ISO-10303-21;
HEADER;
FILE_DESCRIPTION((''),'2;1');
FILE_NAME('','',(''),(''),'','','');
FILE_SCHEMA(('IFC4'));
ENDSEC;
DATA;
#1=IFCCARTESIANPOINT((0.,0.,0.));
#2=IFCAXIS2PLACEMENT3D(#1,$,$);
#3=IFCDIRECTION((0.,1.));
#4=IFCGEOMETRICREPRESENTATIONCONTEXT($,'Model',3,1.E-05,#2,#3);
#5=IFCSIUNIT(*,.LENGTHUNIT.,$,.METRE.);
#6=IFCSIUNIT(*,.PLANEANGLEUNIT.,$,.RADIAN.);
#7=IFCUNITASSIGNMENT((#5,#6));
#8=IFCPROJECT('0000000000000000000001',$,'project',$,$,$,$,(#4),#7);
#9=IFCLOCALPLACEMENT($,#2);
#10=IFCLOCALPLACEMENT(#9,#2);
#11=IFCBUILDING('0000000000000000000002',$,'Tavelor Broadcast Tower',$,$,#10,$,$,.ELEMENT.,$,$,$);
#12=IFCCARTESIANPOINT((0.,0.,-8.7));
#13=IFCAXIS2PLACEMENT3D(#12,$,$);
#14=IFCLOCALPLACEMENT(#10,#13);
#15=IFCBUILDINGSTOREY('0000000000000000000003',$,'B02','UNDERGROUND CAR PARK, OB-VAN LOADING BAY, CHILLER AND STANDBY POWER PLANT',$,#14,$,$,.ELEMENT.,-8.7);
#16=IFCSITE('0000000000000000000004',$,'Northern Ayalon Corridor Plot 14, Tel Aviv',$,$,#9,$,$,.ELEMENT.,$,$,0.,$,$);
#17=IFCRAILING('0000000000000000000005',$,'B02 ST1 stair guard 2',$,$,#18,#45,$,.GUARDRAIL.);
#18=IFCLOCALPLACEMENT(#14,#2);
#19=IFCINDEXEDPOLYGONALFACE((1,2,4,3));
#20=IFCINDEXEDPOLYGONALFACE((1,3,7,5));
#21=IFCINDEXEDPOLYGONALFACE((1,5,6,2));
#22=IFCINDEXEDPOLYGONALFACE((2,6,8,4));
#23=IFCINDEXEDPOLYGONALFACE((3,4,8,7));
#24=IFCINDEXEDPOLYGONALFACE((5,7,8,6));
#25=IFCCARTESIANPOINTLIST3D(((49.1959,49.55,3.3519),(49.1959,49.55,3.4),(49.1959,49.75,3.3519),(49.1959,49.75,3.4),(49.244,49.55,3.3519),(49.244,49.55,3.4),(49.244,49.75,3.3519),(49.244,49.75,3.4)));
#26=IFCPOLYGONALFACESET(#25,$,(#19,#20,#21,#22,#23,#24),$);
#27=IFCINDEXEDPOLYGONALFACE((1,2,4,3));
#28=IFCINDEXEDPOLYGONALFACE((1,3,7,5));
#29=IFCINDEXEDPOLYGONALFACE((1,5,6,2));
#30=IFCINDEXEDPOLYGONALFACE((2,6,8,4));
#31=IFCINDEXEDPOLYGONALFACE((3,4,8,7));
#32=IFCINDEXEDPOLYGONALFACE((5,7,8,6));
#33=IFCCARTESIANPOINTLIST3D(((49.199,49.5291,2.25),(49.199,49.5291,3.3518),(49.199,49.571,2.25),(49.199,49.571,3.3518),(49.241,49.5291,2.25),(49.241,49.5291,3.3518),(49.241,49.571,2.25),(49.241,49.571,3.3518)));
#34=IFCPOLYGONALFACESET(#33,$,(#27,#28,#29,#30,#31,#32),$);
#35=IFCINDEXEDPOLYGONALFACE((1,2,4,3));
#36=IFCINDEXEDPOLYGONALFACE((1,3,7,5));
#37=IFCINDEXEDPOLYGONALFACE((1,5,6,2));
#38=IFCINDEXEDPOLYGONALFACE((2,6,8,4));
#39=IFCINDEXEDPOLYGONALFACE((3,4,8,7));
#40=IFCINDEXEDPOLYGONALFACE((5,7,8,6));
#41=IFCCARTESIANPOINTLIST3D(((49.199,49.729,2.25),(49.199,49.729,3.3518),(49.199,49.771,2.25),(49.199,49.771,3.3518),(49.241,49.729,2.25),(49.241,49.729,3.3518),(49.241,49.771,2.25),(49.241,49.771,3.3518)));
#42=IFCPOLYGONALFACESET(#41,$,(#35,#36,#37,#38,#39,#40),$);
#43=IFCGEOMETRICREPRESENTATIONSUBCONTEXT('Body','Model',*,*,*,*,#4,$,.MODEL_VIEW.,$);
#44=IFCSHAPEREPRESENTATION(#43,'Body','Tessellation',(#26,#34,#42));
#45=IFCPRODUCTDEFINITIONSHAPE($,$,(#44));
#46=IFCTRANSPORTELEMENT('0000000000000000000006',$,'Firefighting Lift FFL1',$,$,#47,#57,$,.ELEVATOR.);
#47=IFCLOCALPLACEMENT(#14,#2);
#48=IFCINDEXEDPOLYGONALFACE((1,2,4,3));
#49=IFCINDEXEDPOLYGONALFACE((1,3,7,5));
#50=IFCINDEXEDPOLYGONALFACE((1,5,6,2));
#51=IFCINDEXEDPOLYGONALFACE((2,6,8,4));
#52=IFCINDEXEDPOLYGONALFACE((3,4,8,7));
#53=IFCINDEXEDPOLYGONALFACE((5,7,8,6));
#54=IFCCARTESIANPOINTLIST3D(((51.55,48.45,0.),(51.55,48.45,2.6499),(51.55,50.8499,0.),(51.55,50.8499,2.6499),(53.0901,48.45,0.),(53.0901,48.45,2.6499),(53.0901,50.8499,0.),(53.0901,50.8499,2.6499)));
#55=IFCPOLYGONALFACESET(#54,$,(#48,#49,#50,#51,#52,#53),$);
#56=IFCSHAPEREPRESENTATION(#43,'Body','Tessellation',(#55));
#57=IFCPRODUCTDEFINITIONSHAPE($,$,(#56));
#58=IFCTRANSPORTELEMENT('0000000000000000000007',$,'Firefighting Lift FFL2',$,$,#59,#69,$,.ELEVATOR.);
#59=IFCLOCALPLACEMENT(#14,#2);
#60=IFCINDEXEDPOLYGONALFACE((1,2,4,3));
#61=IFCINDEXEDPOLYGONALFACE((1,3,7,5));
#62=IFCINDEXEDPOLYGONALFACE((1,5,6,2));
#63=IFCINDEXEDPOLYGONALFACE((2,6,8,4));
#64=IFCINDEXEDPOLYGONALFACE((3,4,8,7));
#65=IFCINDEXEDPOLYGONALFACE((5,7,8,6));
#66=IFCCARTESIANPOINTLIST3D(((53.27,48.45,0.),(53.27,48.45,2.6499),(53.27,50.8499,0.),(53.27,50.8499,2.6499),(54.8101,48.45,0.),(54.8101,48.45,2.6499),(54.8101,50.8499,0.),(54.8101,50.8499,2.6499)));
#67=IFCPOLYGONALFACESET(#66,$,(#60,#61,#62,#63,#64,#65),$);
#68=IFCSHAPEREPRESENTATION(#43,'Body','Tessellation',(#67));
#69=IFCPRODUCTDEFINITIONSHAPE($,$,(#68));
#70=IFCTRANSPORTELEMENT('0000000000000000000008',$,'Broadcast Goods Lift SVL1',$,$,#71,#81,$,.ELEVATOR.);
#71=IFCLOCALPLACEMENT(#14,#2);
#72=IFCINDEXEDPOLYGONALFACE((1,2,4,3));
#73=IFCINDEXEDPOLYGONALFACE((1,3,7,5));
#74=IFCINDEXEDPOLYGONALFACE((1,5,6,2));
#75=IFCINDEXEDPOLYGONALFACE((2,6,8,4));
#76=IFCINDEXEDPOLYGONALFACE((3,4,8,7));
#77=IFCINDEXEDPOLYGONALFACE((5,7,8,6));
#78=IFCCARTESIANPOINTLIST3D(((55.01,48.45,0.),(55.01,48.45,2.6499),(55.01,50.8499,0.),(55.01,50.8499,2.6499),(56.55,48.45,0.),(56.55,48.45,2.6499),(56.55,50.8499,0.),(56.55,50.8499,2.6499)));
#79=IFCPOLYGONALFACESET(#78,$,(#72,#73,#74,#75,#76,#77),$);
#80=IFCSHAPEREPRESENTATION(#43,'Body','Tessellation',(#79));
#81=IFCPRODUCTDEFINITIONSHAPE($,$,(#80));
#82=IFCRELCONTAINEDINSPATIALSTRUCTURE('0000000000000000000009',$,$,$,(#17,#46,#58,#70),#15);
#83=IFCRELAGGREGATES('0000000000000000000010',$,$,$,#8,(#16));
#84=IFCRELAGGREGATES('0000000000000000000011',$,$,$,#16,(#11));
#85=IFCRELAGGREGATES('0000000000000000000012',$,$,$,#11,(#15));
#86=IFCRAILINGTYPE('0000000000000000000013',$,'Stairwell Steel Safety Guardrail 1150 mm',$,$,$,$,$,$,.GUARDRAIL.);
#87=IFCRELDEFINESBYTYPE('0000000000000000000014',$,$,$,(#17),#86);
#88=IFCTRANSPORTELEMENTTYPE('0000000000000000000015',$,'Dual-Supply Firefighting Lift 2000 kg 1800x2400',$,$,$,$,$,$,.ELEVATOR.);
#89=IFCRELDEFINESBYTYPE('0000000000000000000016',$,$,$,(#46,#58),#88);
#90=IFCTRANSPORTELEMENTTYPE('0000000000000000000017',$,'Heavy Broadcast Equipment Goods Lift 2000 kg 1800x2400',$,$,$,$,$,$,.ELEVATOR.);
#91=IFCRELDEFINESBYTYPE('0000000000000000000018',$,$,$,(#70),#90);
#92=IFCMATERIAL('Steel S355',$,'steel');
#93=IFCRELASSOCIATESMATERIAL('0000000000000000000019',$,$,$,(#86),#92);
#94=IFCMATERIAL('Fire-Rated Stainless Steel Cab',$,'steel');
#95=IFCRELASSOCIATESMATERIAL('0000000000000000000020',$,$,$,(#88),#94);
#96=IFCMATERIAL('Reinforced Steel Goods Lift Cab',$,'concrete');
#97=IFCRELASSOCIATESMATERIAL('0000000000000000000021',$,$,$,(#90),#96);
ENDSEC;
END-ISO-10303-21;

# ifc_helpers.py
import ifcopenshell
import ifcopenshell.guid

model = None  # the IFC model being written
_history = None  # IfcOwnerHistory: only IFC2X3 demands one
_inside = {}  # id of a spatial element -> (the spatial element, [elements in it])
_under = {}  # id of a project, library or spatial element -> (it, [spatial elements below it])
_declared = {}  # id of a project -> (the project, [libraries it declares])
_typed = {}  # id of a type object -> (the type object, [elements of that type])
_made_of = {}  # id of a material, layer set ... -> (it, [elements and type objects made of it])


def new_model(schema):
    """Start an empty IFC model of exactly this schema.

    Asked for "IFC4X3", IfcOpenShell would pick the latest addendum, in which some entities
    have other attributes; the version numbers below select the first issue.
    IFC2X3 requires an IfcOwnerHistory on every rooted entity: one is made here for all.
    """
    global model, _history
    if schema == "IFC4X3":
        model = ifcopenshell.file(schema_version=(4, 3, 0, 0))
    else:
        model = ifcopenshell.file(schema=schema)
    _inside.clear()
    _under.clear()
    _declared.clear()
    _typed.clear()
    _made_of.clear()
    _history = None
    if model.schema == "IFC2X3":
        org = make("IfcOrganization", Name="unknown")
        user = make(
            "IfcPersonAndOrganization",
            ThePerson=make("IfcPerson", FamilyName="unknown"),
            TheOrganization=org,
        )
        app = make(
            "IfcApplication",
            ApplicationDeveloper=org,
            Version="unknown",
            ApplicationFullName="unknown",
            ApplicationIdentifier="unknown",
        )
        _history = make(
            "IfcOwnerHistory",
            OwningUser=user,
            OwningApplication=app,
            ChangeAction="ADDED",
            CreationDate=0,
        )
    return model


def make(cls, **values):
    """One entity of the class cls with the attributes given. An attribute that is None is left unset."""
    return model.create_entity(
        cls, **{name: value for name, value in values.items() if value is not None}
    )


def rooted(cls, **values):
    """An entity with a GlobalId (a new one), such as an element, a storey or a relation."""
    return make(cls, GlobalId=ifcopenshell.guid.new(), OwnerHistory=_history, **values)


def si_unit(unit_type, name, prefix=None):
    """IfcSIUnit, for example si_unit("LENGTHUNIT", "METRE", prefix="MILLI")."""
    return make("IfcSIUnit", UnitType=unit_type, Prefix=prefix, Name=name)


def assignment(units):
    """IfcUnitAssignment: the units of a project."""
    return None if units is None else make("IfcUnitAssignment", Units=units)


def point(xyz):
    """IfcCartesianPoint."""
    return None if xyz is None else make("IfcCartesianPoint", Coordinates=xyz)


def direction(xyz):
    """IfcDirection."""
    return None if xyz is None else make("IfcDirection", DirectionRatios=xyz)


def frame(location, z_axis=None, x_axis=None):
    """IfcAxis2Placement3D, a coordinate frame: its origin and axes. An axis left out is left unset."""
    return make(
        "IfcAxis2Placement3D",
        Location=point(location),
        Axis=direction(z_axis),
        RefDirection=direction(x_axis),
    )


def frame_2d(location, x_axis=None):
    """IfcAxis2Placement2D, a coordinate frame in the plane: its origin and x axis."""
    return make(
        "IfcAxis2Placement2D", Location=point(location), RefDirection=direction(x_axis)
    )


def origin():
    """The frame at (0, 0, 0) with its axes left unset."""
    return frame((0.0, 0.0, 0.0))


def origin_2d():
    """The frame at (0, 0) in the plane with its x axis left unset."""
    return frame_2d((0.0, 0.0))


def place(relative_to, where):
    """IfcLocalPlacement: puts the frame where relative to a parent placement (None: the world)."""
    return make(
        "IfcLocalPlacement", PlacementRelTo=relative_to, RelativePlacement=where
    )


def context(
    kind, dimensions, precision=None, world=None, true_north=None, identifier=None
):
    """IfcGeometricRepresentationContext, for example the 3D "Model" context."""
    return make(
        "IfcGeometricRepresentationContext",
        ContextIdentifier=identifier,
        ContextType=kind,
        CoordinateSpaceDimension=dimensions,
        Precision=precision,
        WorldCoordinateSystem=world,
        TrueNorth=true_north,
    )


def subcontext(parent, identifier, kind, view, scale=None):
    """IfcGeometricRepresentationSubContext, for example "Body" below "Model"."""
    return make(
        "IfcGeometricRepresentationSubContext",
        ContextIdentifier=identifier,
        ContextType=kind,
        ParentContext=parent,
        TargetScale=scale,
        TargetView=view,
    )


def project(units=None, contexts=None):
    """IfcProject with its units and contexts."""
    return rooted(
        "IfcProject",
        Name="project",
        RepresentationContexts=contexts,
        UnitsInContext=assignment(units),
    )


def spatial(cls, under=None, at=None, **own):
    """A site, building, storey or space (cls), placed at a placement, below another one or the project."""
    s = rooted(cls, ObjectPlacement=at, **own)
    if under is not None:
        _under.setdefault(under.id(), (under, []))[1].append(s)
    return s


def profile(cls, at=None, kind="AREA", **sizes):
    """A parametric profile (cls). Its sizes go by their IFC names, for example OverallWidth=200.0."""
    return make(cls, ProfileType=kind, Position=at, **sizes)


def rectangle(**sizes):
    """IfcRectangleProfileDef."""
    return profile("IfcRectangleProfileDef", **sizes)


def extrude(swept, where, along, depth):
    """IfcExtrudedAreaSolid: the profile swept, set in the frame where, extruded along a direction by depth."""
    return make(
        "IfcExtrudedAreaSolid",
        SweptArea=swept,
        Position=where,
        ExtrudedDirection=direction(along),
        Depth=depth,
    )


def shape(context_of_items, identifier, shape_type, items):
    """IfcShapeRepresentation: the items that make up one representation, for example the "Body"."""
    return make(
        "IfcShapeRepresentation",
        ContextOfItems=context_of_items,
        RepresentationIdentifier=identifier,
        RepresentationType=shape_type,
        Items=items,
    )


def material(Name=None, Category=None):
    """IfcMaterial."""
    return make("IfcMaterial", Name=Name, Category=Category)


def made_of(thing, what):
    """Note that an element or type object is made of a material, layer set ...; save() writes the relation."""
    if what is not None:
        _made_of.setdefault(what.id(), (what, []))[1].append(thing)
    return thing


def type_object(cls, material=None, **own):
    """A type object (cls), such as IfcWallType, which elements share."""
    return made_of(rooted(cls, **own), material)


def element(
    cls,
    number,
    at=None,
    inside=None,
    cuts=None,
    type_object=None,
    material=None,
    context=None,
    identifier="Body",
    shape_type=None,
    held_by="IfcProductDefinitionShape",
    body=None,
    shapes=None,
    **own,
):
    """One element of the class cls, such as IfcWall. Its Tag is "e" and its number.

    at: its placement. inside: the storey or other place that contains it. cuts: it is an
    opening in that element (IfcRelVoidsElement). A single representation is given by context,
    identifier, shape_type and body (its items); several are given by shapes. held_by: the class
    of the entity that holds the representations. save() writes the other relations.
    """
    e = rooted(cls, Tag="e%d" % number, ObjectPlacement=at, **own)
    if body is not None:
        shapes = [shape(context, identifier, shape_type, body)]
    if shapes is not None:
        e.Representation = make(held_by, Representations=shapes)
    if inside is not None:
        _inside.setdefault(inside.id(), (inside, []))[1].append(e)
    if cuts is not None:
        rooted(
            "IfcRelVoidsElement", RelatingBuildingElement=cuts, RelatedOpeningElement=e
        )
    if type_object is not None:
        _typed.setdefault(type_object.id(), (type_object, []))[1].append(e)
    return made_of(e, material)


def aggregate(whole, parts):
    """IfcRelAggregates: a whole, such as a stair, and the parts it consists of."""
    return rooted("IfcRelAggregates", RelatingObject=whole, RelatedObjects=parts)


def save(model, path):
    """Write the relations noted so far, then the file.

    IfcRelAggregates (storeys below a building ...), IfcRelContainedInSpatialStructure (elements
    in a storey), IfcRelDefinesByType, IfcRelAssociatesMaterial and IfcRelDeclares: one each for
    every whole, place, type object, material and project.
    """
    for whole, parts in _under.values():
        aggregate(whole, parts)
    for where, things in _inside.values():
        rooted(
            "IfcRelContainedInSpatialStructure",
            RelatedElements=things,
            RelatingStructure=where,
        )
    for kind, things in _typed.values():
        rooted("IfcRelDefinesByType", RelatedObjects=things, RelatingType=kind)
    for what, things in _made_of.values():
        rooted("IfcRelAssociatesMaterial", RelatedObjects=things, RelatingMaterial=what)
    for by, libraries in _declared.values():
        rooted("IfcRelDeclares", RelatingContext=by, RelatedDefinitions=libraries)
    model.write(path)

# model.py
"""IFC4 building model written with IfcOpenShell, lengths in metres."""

from ifc_helpers import new_model, si_unit, direction, frame, origin, origin_2d, place, context, subcontext, project, spatial, rectangle, extrude, material, type_object, element, save


model = new_model("IFC4")

# Units and contexts
model_context = context("Model", 3, precision=1e-05, world=origin(), true_north=direction((0.0, 1.0)))
body_context = subcontext(model_context, "Body", "Model", "MODEL_VIEW")
ifc_project = project(units=[si_unit("LENGTHUNIT", "METRE"), si_unit("PLANEANGLEUNIT", "RADIAN")], contexts=[model_context])

# Site, building, storey
site_placement = place(None, origin())
site = spatial("IfcSite", under=ifc_project, at=site_placement, Name="Northern Ayalon Corridor Plot 14, Tel Aviv", CompositionType="ELEMENT", RefElevation=0.0)
building_placement = place(site_placement, origin())
building = spatial("IfcBuilding", under=site, at=building_placement, Name="Tavelor Broadcast Tower", CompositionType="ELEMENT")
storey_placement = place(building_placement, frame((0.0, 0.0, -8.7)))
storey = spatial("IfcBuildingStorey", under=building, at=storey_placement, Name="B02", Description="UNDERGROUND CAR PARK, OB-VAN LOADING BAY, CHILLER AND STANDBY POWER PLANT", CompositionType="ELEMENT", Elevation=-8.7)

# Shared definitions
ifc_material_1 = material(Name="Steel S355", Category="steel")

# Railing
railing_type_1 = type_object("IfcRailingType", Name="Stairwell Steel Safety Guardrail 1150 mm", PredefinedType="GUARDRAIL", material=ifc_material_1)
railing_1_placement = place(storey_placement, frame((49.22, 49.55, 2.25)))
element("IfcRailing", 1, at=railing_1_placement, inside=storey, type_object=railing_type_1, Name="B02 ST1 stair guard 2", PredefinedType="GUARDRAIL", context=body_context, shape_type="SweptSolid", body=[
    extrude(rectangle(XDim=0.0481, YDim=0.0481, at=origin_2d()), frame((0.0, 0.0, 1.126), z_axis=(0.0, 1.0, 0.0), x_axis=(-1.0, 0.0, 0.0)), (0.0, 0.0, 1.0), 0.2),
    extrude(rectangle(XDim=0.042, YDim=0.042, at=origin_2d()), origin(), (0.0, 0.0, 1.0), 1.1018),
    extrude(rectangle(XDim=0.042, YDim=0.042, at=origin_2d()), frame((0.0, 0.2, 0.0)), (0.0, 0.0, 1.0), 1.1018),
])

# Transport elements
ifc_material_2 = material(Name="Fire-Rated Stainless Steel Cab", Category="steel")
transport_element_type_1 = type_object("IfcTransportElementType", Name="Dual-Supply Firefighting Lift 2000 kg 1800x2400", PredefinedType="ELEVATOR", material=ifc_material_2)
for number, where, z_axis, x_axis, name in (
    (2, (52.3201, 49.6499, 0.0), (0.0, 0.0, 1.0), (-1.0, 0.0, 0.0), "Firefighting Lift FFL1"),
    (3, (54.04, 49.6499, 0.0), (0.0, 0.0, 1.0), (-1.0, 0.0, 0.0), "Firefighting Lift FFL2"),
):
    element("IfcTransportElement", number, at=place(storey_placement, frame(where, z_axis=z_axis, x_axis=x_axis)), inside=storey, type_object=transport_element_type_1, Name=name, PredefinedType="ELEVATOR", context=body_context, shape_type="SweptSolid", body=[
        extrude(rectangle(XDim=1.54, YDim=2.3999, at=origin_2d()), origin(), (0.0, 0.0, 1.0), 2.6499),
    ])
ifc_material_3 = material(Name="Reinforced Steel Goods Lift Cab", Category="concrete")
transport_element_type_2 = type_object("IfcTransportElementType", Name="Heavy Broadcast Equipment Goods Lift 2000 kg 1800x2400", PredefinedType="ELEVATOR", material=ifc_material_3)
transport_element_placement = place(storey_placement, frame((55.78, 49.6499, 0.0), z_axis=(0.0, 0.0, 1.0), x_axis=(-1.0, 0.0, 0.0)))
element("IfcTransportElement", 4, at=transport_element_placement, inside=storey, type_object=transport_element_type_2, Name="Broadcast Goods Lift SVL1", PredefinedType="ELEVATOR", context=body_context, shape_type="SweptSolid", body=[
    extrude(rectangle(XDim=1.54, YDim=2.3999, at=origin_2d()), origin(), (0.0, 0.0, 1.0), 2.6499),
])

save(model, "model.ifc")
